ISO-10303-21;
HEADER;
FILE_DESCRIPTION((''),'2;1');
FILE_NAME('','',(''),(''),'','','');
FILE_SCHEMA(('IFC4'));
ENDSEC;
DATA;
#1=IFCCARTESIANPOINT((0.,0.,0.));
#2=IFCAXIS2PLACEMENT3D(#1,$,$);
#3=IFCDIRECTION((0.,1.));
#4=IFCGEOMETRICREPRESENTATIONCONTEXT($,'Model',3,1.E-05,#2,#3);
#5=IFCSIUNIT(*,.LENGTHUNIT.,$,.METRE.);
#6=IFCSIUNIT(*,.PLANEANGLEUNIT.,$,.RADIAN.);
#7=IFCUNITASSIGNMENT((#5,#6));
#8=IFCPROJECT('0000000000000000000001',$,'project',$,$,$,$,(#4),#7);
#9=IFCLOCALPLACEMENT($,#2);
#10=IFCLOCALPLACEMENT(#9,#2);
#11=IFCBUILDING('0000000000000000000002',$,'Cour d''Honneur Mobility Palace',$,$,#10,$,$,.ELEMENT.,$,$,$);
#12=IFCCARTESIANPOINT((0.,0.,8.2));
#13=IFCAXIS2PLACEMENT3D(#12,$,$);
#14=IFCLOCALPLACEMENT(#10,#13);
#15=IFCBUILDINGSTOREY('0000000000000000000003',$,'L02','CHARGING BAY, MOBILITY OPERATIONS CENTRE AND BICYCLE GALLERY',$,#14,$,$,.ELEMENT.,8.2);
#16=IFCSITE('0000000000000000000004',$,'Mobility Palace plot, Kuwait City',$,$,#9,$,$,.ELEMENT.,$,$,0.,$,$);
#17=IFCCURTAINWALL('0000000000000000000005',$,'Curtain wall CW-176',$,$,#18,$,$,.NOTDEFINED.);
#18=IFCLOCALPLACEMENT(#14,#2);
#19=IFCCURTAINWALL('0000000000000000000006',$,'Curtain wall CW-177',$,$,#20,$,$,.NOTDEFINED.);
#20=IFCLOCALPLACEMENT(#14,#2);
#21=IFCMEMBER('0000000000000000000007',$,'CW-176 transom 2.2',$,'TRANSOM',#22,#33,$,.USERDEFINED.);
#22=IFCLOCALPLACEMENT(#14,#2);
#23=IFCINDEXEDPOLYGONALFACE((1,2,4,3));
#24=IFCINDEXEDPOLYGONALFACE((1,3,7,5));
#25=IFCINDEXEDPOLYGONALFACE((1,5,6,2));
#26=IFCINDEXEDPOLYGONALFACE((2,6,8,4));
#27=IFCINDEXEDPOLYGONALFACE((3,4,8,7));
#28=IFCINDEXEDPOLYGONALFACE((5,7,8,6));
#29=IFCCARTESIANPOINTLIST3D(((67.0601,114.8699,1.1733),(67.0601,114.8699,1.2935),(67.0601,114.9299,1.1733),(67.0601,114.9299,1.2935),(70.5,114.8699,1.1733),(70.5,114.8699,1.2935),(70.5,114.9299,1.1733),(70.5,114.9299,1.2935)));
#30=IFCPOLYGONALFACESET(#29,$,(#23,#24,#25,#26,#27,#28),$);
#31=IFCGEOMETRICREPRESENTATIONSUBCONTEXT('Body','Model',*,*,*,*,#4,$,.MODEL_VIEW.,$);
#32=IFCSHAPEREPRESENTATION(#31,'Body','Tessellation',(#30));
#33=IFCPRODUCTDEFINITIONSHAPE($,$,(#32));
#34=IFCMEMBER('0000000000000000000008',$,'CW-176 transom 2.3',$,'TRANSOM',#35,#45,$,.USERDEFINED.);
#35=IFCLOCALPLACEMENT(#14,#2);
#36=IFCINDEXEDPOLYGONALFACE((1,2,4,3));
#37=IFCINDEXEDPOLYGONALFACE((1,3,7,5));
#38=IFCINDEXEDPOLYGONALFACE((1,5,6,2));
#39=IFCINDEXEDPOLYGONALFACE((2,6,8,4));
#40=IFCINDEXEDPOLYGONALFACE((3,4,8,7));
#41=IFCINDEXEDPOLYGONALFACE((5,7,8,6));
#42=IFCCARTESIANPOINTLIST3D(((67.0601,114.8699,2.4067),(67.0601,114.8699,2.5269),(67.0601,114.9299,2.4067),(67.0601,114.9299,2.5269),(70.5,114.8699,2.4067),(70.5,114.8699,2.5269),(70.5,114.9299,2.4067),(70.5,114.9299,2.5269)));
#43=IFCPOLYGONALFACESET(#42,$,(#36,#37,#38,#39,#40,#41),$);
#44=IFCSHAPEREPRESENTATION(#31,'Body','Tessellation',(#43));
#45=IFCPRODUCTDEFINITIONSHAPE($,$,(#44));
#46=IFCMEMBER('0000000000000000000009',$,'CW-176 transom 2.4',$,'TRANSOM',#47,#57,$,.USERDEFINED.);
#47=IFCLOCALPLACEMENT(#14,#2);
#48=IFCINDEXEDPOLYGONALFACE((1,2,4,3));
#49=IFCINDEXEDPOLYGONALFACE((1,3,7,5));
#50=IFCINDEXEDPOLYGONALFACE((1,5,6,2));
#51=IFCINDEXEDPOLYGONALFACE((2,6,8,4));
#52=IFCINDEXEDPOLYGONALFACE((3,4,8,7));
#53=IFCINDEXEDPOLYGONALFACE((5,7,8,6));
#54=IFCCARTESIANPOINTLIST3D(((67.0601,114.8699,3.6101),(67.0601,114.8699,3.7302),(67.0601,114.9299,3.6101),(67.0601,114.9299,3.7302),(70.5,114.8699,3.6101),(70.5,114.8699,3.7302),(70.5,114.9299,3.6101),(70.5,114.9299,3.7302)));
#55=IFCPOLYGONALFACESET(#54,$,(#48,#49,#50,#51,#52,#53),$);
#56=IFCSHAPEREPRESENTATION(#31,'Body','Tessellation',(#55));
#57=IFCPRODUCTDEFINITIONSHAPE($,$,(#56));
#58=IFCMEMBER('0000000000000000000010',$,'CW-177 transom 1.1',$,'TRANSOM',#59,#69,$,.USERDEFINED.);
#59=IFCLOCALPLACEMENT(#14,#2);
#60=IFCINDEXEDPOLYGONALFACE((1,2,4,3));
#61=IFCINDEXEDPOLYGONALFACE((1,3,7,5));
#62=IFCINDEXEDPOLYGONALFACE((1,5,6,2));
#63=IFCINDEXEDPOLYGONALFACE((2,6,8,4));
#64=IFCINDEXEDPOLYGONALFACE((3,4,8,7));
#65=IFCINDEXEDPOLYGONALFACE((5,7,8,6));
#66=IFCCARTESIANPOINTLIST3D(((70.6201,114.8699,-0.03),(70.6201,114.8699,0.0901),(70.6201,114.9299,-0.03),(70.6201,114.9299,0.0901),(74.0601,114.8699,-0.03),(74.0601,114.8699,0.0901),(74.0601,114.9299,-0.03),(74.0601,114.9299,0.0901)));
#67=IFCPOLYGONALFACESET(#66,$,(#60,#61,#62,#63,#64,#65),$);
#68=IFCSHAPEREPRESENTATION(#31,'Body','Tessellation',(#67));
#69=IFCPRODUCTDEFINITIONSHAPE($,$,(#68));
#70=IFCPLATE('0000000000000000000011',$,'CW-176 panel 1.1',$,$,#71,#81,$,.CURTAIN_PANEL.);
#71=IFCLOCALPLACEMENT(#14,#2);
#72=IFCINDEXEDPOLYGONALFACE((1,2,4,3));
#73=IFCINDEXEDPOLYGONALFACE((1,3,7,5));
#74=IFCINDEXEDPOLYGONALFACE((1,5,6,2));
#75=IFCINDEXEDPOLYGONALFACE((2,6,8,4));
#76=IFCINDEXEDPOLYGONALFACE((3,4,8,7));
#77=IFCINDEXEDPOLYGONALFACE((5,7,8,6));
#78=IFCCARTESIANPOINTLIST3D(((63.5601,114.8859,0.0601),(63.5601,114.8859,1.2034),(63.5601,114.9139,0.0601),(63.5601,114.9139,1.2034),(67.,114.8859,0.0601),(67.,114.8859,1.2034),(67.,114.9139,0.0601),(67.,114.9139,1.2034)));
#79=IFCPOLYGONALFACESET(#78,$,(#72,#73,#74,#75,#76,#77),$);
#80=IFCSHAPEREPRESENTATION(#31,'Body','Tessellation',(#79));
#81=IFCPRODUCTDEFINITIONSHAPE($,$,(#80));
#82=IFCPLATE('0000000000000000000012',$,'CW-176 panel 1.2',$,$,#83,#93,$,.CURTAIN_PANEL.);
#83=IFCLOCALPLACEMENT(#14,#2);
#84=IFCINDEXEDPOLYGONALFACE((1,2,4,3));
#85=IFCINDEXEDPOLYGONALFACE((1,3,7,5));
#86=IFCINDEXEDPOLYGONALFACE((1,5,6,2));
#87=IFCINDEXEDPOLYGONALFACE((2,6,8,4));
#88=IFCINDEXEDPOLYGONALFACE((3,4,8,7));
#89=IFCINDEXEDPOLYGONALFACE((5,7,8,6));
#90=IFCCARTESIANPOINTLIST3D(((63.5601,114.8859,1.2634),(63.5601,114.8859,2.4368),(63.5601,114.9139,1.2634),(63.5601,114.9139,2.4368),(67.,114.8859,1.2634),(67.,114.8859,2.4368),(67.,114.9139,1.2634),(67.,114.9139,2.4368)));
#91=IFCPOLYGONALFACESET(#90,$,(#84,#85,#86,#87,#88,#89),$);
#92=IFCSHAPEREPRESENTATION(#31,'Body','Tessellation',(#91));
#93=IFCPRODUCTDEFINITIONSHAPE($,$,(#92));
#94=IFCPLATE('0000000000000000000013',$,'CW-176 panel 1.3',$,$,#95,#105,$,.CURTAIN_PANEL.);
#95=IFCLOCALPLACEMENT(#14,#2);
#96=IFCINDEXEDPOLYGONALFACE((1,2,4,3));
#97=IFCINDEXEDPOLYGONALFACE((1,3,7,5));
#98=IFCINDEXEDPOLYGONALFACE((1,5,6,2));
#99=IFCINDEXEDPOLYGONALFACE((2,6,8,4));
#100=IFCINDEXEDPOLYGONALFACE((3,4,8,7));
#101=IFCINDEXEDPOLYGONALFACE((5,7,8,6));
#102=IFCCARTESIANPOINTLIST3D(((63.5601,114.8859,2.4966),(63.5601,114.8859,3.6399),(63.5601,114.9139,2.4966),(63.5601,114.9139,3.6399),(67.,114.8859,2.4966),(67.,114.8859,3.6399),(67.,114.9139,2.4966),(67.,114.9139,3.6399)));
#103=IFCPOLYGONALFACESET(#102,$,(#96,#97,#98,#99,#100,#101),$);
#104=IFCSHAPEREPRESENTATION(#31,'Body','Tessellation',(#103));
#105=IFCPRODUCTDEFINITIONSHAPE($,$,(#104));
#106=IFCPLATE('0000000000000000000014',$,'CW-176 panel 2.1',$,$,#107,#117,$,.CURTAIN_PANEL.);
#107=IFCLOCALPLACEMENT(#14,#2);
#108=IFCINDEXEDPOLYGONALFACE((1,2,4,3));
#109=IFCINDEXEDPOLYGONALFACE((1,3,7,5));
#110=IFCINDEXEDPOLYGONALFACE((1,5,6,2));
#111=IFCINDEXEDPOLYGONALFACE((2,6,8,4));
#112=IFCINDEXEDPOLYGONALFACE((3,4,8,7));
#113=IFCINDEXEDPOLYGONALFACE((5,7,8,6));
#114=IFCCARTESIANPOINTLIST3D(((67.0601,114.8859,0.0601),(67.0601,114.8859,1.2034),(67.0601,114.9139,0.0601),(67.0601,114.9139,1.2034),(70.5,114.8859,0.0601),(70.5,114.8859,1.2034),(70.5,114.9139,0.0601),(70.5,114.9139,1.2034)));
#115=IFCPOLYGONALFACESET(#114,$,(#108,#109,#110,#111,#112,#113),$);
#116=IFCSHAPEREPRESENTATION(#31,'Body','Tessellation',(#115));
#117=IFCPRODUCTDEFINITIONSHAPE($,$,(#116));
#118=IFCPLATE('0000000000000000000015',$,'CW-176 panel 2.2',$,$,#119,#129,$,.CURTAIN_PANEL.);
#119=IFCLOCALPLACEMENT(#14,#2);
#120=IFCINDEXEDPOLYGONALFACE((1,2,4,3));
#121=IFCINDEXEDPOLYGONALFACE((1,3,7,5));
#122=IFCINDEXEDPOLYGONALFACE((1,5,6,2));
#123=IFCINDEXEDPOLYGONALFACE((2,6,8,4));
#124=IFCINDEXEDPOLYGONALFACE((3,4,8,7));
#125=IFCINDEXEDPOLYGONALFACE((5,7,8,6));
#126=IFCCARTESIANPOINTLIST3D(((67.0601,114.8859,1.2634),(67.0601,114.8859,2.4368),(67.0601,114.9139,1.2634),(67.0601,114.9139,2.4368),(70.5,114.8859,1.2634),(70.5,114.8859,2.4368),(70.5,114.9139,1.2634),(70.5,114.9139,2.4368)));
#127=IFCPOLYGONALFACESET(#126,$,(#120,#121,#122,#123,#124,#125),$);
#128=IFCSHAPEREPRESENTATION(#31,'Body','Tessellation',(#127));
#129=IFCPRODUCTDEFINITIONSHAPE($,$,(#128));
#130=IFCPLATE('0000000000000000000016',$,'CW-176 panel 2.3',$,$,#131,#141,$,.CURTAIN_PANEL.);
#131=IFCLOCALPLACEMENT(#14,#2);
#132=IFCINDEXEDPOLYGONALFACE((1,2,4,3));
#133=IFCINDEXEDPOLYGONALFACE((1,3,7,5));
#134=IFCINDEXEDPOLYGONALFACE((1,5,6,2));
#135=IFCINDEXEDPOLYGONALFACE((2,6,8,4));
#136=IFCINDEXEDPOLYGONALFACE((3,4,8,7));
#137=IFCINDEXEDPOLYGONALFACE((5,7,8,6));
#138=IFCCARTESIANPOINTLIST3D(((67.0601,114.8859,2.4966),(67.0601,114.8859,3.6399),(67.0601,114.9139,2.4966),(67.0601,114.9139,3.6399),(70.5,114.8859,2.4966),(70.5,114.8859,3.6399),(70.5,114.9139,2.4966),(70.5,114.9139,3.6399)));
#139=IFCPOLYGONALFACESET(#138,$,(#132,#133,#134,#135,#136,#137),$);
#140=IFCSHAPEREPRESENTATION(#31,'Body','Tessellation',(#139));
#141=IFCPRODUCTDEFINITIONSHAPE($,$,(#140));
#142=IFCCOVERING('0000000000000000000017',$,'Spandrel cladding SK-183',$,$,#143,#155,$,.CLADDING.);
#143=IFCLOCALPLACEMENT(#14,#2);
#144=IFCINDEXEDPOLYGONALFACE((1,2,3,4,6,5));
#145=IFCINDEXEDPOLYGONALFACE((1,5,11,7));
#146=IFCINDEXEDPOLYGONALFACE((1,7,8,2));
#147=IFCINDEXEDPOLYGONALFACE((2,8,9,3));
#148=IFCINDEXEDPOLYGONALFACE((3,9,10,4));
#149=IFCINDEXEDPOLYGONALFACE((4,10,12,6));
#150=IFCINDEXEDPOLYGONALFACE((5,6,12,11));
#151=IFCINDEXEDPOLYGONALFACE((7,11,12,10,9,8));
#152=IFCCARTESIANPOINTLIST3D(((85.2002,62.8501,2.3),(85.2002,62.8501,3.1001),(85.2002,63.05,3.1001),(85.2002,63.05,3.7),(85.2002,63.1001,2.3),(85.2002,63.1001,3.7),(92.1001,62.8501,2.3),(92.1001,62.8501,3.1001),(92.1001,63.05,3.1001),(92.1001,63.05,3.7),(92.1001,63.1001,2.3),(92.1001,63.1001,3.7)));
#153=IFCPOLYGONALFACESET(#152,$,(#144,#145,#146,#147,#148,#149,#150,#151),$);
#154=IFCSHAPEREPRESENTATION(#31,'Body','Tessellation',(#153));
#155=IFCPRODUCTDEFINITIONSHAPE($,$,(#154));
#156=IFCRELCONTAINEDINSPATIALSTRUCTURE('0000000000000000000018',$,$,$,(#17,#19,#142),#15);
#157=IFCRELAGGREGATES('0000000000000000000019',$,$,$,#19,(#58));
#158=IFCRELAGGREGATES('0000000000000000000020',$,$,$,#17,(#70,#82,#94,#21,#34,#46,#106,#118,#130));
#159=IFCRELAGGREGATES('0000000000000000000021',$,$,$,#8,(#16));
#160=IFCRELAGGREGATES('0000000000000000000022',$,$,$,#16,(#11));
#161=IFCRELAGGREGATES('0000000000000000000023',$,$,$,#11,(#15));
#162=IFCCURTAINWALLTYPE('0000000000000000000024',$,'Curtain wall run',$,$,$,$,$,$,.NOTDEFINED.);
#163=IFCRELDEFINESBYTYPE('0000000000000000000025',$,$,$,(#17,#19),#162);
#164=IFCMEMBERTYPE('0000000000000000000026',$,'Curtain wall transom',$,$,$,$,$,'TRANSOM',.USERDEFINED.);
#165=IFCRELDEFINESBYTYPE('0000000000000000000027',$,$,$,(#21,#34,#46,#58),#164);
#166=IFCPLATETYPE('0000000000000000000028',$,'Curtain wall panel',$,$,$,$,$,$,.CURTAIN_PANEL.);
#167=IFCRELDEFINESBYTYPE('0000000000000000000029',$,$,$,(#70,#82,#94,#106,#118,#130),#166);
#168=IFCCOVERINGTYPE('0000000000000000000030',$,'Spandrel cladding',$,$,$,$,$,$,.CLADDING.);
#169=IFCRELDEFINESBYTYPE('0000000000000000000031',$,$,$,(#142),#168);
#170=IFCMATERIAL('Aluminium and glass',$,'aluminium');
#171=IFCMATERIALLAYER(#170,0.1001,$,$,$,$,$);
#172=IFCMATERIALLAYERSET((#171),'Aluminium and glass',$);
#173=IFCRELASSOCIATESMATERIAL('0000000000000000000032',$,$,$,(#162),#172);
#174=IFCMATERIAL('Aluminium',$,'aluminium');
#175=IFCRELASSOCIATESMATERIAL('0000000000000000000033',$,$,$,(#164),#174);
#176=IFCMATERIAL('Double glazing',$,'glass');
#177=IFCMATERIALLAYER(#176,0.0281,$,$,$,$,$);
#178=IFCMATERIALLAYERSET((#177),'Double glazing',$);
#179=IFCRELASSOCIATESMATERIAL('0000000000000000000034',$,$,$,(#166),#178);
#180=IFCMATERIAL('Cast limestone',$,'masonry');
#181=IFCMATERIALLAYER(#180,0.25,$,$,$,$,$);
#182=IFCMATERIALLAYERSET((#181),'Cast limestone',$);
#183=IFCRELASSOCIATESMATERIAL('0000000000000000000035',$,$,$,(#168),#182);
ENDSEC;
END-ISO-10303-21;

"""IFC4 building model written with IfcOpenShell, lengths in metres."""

from ifc_helpers import new_model, si_unit, direction, frame, origin, origin_2d, place, context, subcontext, project, spatial, polyline, rectangle, outline, extrude, material, layer, layer_set, material_profile, profile_set, type_object, element, aggregate, save


model = new_model("IFC4")

# Units and contexts
model_context = context("Model", 3, precision=1e-05, world=origin(), true_north=direction((0.0, 1.0)))
body_context = subcontext(model_context, "Body", "Model", "MODEL_VIEW")
ifc_project = project(units=[si_unit("LENGTHUNIT", "METRE"), si_unit("PLANEANGLEUNIT", "RADIAN")], contexts=[model_context])

# Site, building, storey
site_placement = place(None, origin())
site = spatial("IfcSite", under=ifc_project, at=site_placement, Name="Mobility Palace plot, Kuwait City", CompositionType="ELEMENT", RefElevation=0.0)
building_placement = place(site_placement, origin())
building = spatial("IfcBuilding", under=site, at=building_placement, Name="Cour d'Honneur Mobility Palace", CompositionType="ELEMENT")
storey_placement = place(building_placement, frame((0.0, 0.0, 8.2)))
storey = spatial("IfcBuildingStorey", under=building, at=storey_placement, Name="L02", Description="CHARGING BAY, MOBILITY OPERATIONS CENTRE AND BICYCLE GALLERY", CompositionType="ELEMENT", Elevation=8.2)

# Curtain wall
ifc_material_1 = material(Name="Aluminium and glass", Category="aluminium")
ifc_layer_1 = layer(ifc_material_1, 0.1001)
ifc_layer_set_1 = layer_set([ifc_layer_1], Name="Aluminium and glass")
curtain_wall_type = type_object("IfcCurtainWallType", Name="Curtain wall run", PredefinedType="NOTDEFINED", material=ifc_layer_set_1)
curtain_wall_1_placement = place(storey_placement, origin())
curtain_wall_1 = element("IfcCurtainWall", 1, at=curtain_wall_1_placement, inside=storey, type_object=curtain_wall_type, Name="Curtain wall CW-176", PredefinedType="NOTDEFINED")

# Curtain wall
curtain_wall_2_placement = place(storey_placement, origin())
curtain_wall_2 = element("IfcCurtainWall", 2, at=curtain_wall_2_placement, inside=storey, type_object=curtain_wall_type, Name="Curtain wall CW-177", PredefinedType="NOTDEFINED")

# Members
ifc_material_2 = material(Name="Aluminium", Category="aluminium")
ifc_material_profile_1 = material_profile(ifc_material_2, rectangle(XDim=0.0601, YDim=0.1201, at=origin_2d()), Name="Curtain wall transom")
ifc_profile_set_1 = profile_set([ifc_material_profile_1], Name="Aluminium")
member_type_1 = type_object("IfcMemberType", Name="Curtain wall transom", ElementType="TRANSOM", PredefinedType="USERDEFINED", material=ifc_profile_set_1)
member_1_placement = place(storey_placement, frame((67.0601, 114.8999, 1.2334), z_axis=(1.0, 0.0, 0.0), x_axis=(0.0, 1.0, 0.0)))
member_1 = element("IfcMember", 3, at=member_1_placement, type_object=member_type_1, Name="CW-176 transom 2.2", ObjectType="TRANSOM", PredefinedType="USERDEFINED", context=body_context, shape_type="SweptSolid", body=[
    extrude(rectangle(XDim=0.0601, YDim=0.1201, at=origin_2d()), origin(), (0.0, 0.0, 1.0), 3.4399),
])
member_2_placement = place(storey_placement, frame((67.0601, 114.8999, 2.4668), z_axis=(1.0, 0.0, 0.0), x_axis=(0.0, 1.0, 0.0)))
member_2 = element("IfcMember", 4, at=member_2_placement, type_object=member_type_1, Name="CW-176 transom 2.3", ObjectType="TRANSOM", PredefinedType="USERDEFINED", context=body_context, shape_type="SweptSolid", body=[
    extrude(rectangle(XDim=0.0601, YDim=0.1201, at=origin_2d()), origin(), (0.0, 0.0, 1.0), 3.4399),
])
member_3_placement = place(storey_placement, frame((67.0601, 114.8999, 3.6702), z_axis=(1.0, 0.0, 0.0), x_axis=(0.0, 1.0, 0.0)))
member_3 = element("IfcMember", 5, at=member_3_placement, type_object=member_type_1, Name="CW-176 transom 2.4", ObjectType="TRANSOM", PredefinedType="USERDEFINED", context=body_context, shape_type="SweptSolid", body=[
    extrude(rectangle(XDim=0.0601, YDim=0.1201, at=origin_2d()), origin(), (0.0, 0.0, 1.0), 3.4399),
])
member_4_placement = place(storey_placement, frame((70.6201, 114.8999, 0.03), z_axis=(1.0, 0.0, 0.0), x_axis=(0.0, 1.0, 0.0)))
member_4 = element("IfcMember", 6, at=member_4_placement, type_object=member_type_1, Name="CW-177 transom 1.1", ObjectType="TRANSOM", PredefinedType="USERDEFINED", context=body_context, shape_type="SweptSolid", body=[
    extrude(rectangle(XDim=0.0601, YDim=0.1201, at=origin_2d()), origin(), (0.0, 0.0, 1.0), 3.4399),
])
aggregate(curtain_wall_2, [member_4])

# Plates
ifc_material_3 = material(Name="Double glazing", Category="glass")
ifc_layer_2 = layer(ifc_material_3, 0.0281)
ifc_layer_set_2 = layer_set([ifc_layer_2], Name="Double glazing")
plate_type = type_object("IfcPlateType", Name="Curtain wall panel", PredefinedType="CURTAIN_PANEL", material=ifc_layer_set_2)
plate_1_placement = place(storey_placement, frame((65.28, 114.8999, 0.0601), z_axis=(0.0, 0.0, 1.0), x_axis=(1.0, 0.0, 0.0)))
plate_1 = element("IfcPlate", 7, at=plate_1_placement, type_object=plate_type, Name="CW-176 panel 1.1", PredefinedType="CURTAIN_PANEL", context=body_context, shape_type="SweptSolid", body=[
    extrude(rectangle(XDim=3.4399, YDim=0.0281, at=origin_2d()), origin(), (0.0, 0.0, 1.0), 1.1433),
])
plate_2_placement = place(storey_placement, frame((65.28, 114.8999, 1.2634), z_axis=(0.0, 0.0, 1.0), x_axis=(1.0, 0.0, 0.0)))
plate_2 = element("IfcPlate", 8, at=plate_2_placement, type_object=plate_type, Name="CW-176 panel 1.2", PredefinedType="CURTAIN_PANEL", context=body_context, shape_type="SweptSolid", body=[
    extrude(rectangle(XDim=3.4399, YDim=0.0281, at=origin_2d()), origin(), (0.0, 0.0, 1.0), 1.1733),
])
plate_3_placement = place(storey_placement, frame((65.28, 114.8999, 2.4966), z_axis=(0.0, 0.0, 1.0), x_axis=(1.0, 0.0, 0.0)))
plate_3 = element("IfcPlate", 9, at=plate_3_placement, type_object=plate_type, Name="CW-176 panel 1.3", PredefinedType="CURTAIN_PANEL", context=body_context, shape_type="SweptSolid", body=[
    extrude(rectangle(XDim=3.4399, YDim=0.0281, at=origin_2d()), origin(), (0.0, 0.0, 1.0), 1.1433),
])
plate_4_placement = place(storey_placement, frame((68.78, 114.8999, 0.0601), z_axis=(0.0, 0.0, 1.0), x_axis=(1.0, 0.0, 0.0)))
plate_4 = element("IfcPlate", 10, at=plate_4_placement, type_object=plate_type, Name="CW-176 panel 2.1", PredefinedType="CURTAIN_PANEL", context=body_context, shape_type="SweptSolid", body=[
    extrude(rectangle(XDim=3.4399, YDim=0.0281, at=origin_2d()), origin(), (0.0, 0.0, 1.0), 1.1433),
])
plate_5_placement = place(storey_placement, frame((68.78, 114.8999, 1.2634), z_axis=(0.0, 0.0, 1.0), x_axis=(1.0, 0.0, 0.0)))
plate_5 = element("IfcPlate", 11, at=plate_5_placement, type_object=plate_type, Name="CW-176 panel 2.2", PredefinedType="CURTAIN_PANEL", context=body_context, shape_type="SweptSolid", body=[
    extrude(rectangle(XDim=3.4399, YDim=0.0281, at=origin_2d()), origin(), (0.0, 0.0, 1.0), 1.1733),
])
plate_6_placement = place(storey_placement, frame((68.78, 114.8999, 2.4966), z_axis=(0.0, 0.0, 1.0), x_axis=(1.0, 0.0, 0.0)))
plate_6 = element("IfcPlate", 12, at=plate_6_placement, type_object=plate_type, Name="CW-176 panel 2.3", PredefinedType="CURTAIN_PANEL", context=body_context, shape_type="SweptSolid", body=[
    extrude(rectangle(XDim=3.4399, YDim=0.0281, at=origin_2d()), origin(), (0.0, 0.0, 1.0), 1.1433),
])
aggregate(curtain_wall_1, [plate_1, plate_2, plate_3, member_1, member_2, member_3, plate_4, plate_5, plate_6])

# Covering
ifc_material_4 = material(Name="Cast limestone", Category="masonry")
ifc_layer_3 = layer(ifc_material_4, 0.25)
ifc_layer_set_3 = layer_set([ifc_layer_3], Name="Cast limestone")
covering_type = type_object("IfcCoveringType", Name="Spandrel cladding", PredefinedType="CLADDING", material=ifc_layer_set_3)
covering_placement = place(storey_placement, frame((92.1001, 62.8501, 2.3), z_axis=(1.0, 0.0, 0.0), x_axis=(0.0, 1.0, 0.0)))
element("IfcCovering", 13, at=covering_placement, inside=storey, type_object=covering_type, Name="Spandrel cladding SK-183", PredefinedType="CLADDING", context=body_context, shape_type="SweptSolid", body=[
    extrude(outline(polyline([(0.0, 0.0), (0.25, 0.0), (0.25, 1.3999), (0.2, 1.3999), (0.2, 0.8), (0.0, 0.8), (0.0, 0.0)])), origin(), (0.0, 0.0, -1.0), 6.8999),
])

save(model, "model.ifc")
